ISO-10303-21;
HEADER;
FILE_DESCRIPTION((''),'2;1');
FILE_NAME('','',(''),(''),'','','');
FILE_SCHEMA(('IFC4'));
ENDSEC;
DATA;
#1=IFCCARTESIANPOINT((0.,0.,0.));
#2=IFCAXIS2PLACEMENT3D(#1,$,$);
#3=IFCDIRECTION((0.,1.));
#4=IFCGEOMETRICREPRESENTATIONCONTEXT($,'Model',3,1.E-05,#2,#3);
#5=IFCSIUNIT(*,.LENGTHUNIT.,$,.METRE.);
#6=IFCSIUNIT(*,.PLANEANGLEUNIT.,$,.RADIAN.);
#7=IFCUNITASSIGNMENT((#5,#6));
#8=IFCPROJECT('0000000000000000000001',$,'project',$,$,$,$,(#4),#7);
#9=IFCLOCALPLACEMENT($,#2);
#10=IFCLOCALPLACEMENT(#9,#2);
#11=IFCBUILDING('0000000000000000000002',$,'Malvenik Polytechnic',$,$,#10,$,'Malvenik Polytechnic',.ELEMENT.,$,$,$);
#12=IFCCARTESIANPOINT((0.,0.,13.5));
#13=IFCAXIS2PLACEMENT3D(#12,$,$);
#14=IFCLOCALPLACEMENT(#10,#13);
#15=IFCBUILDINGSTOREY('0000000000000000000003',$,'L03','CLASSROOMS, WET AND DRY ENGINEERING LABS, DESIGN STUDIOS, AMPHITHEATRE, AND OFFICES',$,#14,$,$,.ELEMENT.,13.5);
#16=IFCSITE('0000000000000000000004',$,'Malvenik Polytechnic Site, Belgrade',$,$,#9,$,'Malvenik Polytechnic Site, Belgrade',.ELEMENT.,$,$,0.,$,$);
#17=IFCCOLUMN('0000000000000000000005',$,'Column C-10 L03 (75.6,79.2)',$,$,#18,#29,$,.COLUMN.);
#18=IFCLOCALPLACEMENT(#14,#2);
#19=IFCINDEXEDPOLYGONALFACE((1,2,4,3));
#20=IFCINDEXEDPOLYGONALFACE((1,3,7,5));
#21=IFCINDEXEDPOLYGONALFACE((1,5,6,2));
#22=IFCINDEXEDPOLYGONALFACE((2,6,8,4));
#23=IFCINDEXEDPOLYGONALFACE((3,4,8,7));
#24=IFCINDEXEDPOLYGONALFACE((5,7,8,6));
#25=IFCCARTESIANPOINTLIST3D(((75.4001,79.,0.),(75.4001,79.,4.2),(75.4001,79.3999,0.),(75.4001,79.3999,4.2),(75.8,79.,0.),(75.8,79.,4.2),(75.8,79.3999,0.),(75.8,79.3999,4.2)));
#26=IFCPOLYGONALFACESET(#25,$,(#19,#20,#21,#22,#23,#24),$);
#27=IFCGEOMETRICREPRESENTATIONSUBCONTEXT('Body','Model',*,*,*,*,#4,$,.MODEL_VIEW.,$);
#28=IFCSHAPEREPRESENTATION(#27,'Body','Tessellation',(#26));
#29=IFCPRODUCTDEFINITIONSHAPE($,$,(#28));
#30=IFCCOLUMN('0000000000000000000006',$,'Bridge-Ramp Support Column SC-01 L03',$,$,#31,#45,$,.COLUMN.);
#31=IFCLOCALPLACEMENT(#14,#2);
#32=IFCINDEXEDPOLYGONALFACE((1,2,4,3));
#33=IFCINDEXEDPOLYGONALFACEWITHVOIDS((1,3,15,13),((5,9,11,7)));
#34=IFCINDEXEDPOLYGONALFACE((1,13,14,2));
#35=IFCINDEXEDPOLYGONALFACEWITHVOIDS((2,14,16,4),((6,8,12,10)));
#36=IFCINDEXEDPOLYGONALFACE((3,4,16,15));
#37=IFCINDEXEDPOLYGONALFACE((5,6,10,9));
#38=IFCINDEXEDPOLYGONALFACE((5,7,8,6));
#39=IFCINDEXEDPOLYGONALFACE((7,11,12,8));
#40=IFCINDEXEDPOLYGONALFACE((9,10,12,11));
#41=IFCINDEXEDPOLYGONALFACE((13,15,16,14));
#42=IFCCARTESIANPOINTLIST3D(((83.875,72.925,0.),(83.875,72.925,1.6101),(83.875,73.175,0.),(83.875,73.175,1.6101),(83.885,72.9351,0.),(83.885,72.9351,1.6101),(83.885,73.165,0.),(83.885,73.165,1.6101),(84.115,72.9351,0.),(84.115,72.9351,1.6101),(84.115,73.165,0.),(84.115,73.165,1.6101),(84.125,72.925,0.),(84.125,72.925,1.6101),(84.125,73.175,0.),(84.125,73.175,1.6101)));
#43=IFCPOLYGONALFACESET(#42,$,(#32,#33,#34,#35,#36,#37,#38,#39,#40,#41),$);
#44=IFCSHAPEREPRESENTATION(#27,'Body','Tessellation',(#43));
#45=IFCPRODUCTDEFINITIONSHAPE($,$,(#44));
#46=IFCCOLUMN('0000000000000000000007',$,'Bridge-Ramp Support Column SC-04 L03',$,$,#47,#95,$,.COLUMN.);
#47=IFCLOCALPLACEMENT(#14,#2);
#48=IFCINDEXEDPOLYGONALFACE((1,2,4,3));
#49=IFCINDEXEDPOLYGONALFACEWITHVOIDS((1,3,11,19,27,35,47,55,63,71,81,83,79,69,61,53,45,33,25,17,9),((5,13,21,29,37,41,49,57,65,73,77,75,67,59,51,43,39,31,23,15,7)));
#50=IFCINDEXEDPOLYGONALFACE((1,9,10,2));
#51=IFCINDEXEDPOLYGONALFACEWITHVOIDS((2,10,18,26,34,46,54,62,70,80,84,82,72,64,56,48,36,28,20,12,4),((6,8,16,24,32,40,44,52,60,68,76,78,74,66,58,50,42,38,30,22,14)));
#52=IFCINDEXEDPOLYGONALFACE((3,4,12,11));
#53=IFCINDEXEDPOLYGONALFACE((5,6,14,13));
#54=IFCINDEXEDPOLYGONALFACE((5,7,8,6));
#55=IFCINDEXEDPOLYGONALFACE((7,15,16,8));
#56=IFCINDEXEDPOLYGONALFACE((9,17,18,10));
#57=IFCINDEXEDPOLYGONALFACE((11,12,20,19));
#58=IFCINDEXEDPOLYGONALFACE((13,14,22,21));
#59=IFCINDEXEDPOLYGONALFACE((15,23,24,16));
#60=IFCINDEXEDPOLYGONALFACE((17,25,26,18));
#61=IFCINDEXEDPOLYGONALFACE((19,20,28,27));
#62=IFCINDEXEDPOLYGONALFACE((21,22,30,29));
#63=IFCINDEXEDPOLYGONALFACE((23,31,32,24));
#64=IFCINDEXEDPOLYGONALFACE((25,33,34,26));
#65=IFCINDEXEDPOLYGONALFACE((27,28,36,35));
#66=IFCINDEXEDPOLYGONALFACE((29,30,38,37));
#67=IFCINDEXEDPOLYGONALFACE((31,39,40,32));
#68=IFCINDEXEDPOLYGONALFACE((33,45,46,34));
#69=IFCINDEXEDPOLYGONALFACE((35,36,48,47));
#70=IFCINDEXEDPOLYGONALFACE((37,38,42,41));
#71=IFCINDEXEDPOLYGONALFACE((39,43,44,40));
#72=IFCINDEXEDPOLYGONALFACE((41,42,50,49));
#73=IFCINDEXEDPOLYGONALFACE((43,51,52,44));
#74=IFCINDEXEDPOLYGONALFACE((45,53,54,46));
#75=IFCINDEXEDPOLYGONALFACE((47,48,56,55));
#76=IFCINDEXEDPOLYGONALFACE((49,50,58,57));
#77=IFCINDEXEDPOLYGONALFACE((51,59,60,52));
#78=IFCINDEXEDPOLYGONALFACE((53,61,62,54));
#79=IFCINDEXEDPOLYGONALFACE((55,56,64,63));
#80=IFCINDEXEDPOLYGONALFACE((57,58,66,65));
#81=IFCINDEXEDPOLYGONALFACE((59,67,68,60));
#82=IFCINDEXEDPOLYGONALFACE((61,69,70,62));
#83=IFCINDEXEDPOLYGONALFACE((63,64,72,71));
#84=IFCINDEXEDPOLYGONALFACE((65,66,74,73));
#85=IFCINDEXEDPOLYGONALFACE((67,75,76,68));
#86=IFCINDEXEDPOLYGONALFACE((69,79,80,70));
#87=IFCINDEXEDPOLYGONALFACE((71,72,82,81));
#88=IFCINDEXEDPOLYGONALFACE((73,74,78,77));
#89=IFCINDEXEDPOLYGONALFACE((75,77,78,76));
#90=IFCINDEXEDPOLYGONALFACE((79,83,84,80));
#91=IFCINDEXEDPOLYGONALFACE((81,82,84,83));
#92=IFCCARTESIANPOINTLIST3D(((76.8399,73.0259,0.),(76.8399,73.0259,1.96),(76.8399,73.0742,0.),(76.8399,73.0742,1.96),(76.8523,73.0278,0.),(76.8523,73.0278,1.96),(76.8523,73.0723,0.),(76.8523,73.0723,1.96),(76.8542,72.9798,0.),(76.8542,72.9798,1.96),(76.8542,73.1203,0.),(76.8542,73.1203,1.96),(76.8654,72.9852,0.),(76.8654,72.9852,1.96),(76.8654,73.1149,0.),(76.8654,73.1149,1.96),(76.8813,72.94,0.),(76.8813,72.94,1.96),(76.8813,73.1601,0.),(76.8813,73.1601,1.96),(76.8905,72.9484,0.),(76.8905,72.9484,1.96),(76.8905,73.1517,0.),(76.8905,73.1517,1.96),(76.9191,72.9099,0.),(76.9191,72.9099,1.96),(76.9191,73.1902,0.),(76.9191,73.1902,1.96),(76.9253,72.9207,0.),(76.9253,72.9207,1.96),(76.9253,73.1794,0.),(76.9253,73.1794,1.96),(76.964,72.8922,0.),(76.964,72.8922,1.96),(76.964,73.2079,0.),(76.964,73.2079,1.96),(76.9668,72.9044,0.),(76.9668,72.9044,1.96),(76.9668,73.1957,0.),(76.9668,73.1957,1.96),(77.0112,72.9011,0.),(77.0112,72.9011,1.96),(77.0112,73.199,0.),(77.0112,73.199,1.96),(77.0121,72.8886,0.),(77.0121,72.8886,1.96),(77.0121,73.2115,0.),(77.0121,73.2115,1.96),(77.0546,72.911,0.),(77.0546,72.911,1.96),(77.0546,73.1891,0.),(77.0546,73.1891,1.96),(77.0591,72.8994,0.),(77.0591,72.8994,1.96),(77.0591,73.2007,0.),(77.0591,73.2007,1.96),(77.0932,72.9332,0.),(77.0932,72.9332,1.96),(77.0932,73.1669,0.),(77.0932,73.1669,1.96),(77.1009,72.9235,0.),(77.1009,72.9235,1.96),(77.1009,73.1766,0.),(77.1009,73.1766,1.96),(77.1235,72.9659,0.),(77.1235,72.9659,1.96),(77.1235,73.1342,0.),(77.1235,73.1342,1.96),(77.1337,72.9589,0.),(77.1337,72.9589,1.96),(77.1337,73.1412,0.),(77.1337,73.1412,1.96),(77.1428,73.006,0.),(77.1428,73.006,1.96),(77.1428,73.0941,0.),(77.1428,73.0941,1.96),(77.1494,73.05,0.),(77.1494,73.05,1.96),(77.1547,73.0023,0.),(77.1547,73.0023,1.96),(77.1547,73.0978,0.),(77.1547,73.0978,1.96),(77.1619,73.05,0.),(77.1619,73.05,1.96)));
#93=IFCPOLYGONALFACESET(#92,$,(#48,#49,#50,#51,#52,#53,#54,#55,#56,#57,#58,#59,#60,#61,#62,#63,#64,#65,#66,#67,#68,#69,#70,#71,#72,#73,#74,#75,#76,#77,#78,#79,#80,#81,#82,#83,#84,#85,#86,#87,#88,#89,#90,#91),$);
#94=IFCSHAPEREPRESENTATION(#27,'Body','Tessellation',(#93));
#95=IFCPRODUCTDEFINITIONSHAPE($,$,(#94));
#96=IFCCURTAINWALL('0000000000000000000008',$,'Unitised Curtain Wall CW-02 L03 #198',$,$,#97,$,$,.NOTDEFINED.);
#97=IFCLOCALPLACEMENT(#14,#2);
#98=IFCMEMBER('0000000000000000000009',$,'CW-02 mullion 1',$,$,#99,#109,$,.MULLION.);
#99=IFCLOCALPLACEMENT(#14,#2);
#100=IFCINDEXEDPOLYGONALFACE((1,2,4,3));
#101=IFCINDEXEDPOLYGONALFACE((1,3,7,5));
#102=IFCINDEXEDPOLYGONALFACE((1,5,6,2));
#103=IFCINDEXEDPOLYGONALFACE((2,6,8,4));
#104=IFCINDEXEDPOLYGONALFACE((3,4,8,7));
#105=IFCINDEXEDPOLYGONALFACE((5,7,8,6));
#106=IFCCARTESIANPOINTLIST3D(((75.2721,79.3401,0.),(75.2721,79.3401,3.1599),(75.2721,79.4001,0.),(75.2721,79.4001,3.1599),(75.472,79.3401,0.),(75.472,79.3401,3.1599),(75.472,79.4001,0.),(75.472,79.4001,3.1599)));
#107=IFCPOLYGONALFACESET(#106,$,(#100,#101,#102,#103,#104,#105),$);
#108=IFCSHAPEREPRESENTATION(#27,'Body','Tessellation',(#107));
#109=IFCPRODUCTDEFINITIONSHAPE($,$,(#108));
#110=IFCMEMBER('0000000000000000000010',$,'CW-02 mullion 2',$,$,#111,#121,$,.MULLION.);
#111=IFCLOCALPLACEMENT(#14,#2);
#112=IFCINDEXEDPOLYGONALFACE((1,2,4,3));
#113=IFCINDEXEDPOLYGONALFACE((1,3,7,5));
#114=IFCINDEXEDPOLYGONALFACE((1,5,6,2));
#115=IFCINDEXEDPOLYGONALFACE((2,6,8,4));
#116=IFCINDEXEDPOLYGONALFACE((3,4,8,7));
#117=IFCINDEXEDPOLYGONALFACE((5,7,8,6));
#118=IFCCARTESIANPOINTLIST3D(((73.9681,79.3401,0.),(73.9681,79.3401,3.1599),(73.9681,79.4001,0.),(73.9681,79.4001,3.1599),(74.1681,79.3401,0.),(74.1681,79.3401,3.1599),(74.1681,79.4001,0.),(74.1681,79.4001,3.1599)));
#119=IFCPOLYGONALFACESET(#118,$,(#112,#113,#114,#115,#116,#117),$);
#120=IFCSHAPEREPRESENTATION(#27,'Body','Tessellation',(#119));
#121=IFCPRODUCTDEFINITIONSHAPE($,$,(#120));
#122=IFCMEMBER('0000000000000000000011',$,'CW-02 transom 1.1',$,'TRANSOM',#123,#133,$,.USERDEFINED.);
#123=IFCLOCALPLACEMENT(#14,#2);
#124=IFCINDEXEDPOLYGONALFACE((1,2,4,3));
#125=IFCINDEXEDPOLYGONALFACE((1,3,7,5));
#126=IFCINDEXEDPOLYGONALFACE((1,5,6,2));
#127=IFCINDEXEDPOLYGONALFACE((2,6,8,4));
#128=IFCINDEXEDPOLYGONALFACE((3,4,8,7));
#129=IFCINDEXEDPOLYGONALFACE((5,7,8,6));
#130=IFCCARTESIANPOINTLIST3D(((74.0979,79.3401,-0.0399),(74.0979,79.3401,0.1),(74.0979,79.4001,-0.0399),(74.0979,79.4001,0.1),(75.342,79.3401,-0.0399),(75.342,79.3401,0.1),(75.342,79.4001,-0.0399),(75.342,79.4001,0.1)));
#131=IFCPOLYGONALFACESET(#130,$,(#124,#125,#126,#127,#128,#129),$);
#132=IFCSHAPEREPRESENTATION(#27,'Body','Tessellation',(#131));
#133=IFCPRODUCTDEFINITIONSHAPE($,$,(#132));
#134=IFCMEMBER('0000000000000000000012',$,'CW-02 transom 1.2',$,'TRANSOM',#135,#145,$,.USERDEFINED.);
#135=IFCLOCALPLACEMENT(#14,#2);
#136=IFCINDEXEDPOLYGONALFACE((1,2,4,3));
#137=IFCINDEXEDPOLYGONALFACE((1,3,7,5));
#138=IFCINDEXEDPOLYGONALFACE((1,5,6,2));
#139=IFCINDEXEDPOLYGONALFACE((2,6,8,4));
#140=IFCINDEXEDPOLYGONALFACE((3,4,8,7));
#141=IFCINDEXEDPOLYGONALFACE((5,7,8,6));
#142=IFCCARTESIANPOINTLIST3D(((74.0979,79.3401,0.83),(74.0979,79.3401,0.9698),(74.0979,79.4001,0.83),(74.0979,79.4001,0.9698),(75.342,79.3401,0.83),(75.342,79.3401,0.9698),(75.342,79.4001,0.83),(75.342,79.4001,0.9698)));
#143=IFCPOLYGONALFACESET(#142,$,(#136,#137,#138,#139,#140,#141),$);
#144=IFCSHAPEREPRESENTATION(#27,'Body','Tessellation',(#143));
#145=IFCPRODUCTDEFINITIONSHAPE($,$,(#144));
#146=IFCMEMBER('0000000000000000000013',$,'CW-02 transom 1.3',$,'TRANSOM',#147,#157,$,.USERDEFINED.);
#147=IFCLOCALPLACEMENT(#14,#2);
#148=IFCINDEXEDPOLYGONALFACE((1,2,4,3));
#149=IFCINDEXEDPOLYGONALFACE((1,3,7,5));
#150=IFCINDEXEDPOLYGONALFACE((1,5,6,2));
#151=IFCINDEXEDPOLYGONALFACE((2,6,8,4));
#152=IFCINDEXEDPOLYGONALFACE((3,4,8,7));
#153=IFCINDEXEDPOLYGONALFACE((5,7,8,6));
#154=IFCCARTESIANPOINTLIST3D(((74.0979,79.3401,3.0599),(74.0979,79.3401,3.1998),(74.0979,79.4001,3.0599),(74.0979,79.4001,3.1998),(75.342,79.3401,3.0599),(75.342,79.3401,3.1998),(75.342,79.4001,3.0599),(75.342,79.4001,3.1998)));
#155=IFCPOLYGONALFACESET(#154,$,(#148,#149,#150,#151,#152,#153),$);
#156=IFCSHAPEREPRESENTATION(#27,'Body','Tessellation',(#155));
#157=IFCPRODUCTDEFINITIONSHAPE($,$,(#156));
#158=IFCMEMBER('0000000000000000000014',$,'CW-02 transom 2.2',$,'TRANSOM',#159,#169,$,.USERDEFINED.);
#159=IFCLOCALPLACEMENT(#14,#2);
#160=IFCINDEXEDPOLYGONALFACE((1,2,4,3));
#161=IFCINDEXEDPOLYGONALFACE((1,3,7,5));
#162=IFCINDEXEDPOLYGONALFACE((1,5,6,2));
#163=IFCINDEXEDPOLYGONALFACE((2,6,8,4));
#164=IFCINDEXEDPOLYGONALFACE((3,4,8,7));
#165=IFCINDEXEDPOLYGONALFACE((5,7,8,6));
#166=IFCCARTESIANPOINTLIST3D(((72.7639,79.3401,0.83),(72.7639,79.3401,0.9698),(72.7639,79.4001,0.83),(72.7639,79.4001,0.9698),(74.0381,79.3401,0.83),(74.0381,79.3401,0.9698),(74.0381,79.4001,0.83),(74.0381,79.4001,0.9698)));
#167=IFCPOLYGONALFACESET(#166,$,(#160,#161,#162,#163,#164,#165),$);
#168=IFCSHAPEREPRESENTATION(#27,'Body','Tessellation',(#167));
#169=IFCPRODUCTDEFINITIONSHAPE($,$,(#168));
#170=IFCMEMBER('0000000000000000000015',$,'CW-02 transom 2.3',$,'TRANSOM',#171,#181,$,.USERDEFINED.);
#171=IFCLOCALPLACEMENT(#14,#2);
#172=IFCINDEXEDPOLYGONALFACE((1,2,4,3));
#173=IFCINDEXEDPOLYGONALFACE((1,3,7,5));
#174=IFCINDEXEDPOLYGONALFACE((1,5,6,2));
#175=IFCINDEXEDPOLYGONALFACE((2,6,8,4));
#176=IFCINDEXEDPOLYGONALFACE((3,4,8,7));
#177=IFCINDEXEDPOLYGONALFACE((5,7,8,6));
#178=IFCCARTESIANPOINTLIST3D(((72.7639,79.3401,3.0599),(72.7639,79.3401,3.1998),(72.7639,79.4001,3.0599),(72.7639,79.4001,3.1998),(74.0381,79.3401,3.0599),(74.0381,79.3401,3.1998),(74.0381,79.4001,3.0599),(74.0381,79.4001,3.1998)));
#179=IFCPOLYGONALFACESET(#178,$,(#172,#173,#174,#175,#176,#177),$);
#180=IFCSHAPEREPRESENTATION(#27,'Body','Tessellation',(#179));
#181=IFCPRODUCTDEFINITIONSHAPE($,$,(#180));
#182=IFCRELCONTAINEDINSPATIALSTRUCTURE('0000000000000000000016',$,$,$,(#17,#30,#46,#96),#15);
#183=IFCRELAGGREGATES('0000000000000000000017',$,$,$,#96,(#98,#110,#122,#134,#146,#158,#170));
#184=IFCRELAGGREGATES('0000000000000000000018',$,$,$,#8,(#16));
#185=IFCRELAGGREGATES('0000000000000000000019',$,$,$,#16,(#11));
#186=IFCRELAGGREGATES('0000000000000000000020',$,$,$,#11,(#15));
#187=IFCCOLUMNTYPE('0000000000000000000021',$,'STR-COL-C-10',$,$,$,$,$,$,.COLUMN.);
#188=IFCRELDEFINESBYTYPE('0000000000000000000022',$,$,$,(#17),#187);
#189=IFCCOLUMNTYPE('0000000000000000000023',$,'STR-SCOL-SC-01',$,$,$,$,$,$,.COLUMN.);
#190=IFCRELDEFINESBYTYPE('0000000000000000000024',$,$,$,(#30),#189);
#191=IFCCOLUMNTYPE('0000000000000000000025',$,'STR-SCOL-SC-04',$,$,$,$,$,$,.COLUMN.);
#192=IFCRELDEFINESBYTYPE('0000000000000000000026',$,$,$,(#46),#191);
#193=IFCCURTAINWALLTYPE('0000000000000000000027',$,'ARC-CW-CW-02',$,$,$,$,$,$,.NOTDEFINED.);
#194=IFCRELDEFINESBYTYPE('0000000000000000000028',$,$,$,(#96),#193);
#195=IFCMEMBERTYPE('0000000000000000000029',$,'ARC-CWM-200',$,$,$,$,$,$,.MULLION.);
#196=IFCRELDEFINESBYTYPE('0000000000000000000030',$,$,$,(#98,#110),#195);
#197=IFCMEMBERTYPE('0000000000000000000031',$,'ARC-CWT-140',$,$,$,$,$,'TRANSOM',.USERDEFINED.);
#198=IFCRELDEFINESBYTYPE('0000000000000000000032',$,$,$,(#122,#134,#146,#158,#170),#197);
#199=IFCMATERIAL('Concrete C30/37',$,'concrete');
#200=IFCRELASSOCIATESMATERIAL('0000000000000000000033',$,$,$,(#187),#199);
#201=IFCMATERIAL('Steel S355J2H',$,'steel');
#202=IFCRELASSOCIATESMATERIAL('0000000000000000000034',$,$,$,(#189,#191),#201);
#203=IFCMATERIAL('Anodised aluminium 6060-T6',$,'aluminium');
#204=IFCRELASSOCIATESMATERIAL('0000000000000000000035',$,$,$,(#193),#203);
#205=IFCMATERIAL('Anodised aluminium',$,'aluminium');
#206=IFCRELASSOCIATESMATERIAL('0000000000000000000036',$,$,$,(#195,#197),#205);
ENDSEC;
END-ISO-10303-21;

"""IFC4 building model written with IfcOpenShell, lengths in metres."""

from ifc_helpers import new_model, si_unit, direction, frame, origin, origin_2d, place, context, subcontext, project, spatial, rectangle, hollow_rectangle, hollow_circle, extrude, material, material_profile, profile_set, type_object, element, aggregate, save


model = new_model("IFC4")

# Units and contexts
model_context = context("Model", 3, precision=1e-05, world=origin(), true_north=direction((0.0, 1.0)))
body_context = subcontext(model_context, "Body", "Model", "MODEL_VIEW")
ifc_project = project(units=[si_unit("LENGTHUNIT", "METRE"), si_unit("PLANEANGLEUNIT", "RADIAN")], contexts=[model_context])

# Site, building, storey
site_placement = place(None, origin())
site = spatial("IfcSite", under=ifc_project, at=site_placement, Name="Malvenik Polytechnic Site, Belgrade", LongName="Malvenik Polytechnic Site, Belgrade", CompositionType="ELEMENT", RefElevation=0.0)
building_placement = place(site_placement, origin())
building = spatial("IfcBuilding", under=site, at=building_placement, Name="Malvenik Polytechnic", LongName="Malvenik Polytechnic", CompositionType="ELEMENT")
storey_placement = place(building_placement, frame((0.0, 0.0, 13.5)))
storey = spatial("IfcBuildingStorey", under=building, at=storey_placement, Name="L03", Description="CLASSROOMS, WET AND DRY ENGINEERING LABS, DESIGN STUDIOS, AMPHITHEATRE, AND OFFICES", CompositionType="ELEMENT", Elevation=13.5)

# Columns
ifc_material_1 = material(Name="Concrete C30/37", Category="concrete")
ifc_material_profile_1 = material_profile(ifc_material_1, rectangle(XDim=0.3999, YDim=0.3999, at=origin_2d()), Name="RC COL 400x400")
ifc_profile_set_1 = profile_set([ifc_material_profile_1], Name="Concrete C30/37")
column_type_1 = type_object("IfcColumnType", Name="STR-COL-C-10", PredefinedType="COLUMN", material=ifc_profile_set_1)
column_1_placement = place(storey_placement, frame((75.6001, 79.2, 0.0), z_axis=(0.0, 0.0, 1.0), x_axis=(1.0, 0.0, 0.0)))
element("IfcColumn", 1, at=column_1_placement, inside=storey, type_object=column_type_1, Name="Column C-10 L03 (75.6,79.2)", PredefinedType="COLUMN", context=body_context, shape_type="SweptSolid", body=[
    extrude(rectangle(XDim=0.3999, YDim=0.3999, at=origin_2d()), origin(), (0.0, 0.0, 1.0), 4.2),
])
ifc_material_2 = material(Name="Steel S355J2H", Category="steel")
ifc_material_profile_2 = material_profile(ifc_material_2, hollow_rectangle(XDim=0.25, YDim=0.25, WallThickness=0.01, at=origin_2d()), Name="SHS 250x250x10.0")
ifc_profile_set_2 = profile_set([ifc_material_profile_2], Name="Steel S355J2H")
column_type_2 = type_object("IfcColumnType", Name="STR-SCOL-SC-01", PredefinedType="COLUMN", material=ifc_profile_set_2)
column_2_placement = place(storey_placement, frame((84.0, 73.05, 0.0), z_axis=(0.0, 0.0, 1.0), x_axis=(1.0, 0.0, 0.0)))
element("IfcColumn", 2, at=column_2_placement, inside=storey, type_object=column_type_2, Name="Bridge-Ramp Support Column SC-01 L03", PredefinedType="COLUMN", context=body_context, shape_type="SweptSolid", body=[
    extrude(hollow_rectangle(XDim=0.25, YDim=0.25, WallThickness=0.01, at=origin_2d()), origin(), (0.0, 0.0, 1.0), 1.6101),
])
ifc_material_profile_3 = material_profile(ifc_material_2, hollow_circle(Radius=0.1619, WallThickness=0.0125, at=origin_2d()), Name="CHS 323.9x12.5")
ifc_profile_set_3 = profile_set([ifc_material_profile_3], Name="Steel S355J2H")
column_type_3 = type_object("IfcColumnType", Name="STR-SCOL-SC-04", PredefinedType="COLUMN", material=ifc_profile_set_3)
column_3_placement = place(storey_placement, frame((77.0, 73.05, 0.0), z_axis=(0.0, 0.0, 1.0), x_axis=(1.0, 0.0, 0.0)))
element("IfcColumn", 3, at=column_3_placement, inside=storey, type_object=column_type_3, Name="Bridge-Ramp Support Column SC-04 L03", PredefinedType="COLUMN", context=body_context, shape_type="SweptSolid", body=[
    extrude(hollow_circle(Radius=0.1619, WallThickness=0.0125, at=origin_2d()), origin(), (0.0, 0.0, 1.0), 1.96),
])

# Curtain wall, members
ifc_material_3 = material(Name="Anodised aluminium 6060-T6", Category="aluminium")
curtain_wall_type = type_object("IfcCurtainWallType", Name="ARC-CW-CW-02", PredefinedType="NOTDEFINED", material=ifc_material_3)
curtain_wall_placement = place(storey_placement, origin())
curtain_wall = element("IfcCurtainWall", 4, at=curtain_wall_placement, inside=storey, type_object=curtain_wall_type, Name="Unitised Curtain Wall CW-02 L03 #198", PredefinedType="NOTDEFINED")
ifc_material_4 = material(Name="Anodised aluminium", Category="aluminium")
ifc_material_profile_4 = material_profile(ifc_material_4, rectangle(XDim=0.0601, YDim=0.2, at=origin_2d()), Name="ALU MULLION 60x200")
ifc_profile_set_4 = profile_set([ifc_material_profile_4], Name="Anodised aluminium")
member_type_1 = type_object("IfcMemberType", Name="ARC-CWM-200", PredefinedType="MULLION", material=ifc_profile_set_4)
member_1_placement = place(storey_placement, frame((75.3721, 79.3701, 0.0), z_axis=(0.0, 0.0, 1.0), x_axis=(0.0, -1.0, 0.0)))
member_1 = element("IfcMember", 5, at=member_1_placement, type_object=member_type_1, Name="CW-02 mullion 1", PredefinedType="MULLION", context=body_context, shape_type="SweptSolid", body=[
    extrude(rectangle(XDim=0.0601, YDim=0.2, at=origin_2d()), origin(), (0.0, 0.0, 1.0), 3.1599),
])
member_2_placement = place(storey_placement, frame((74.0681, 79.3701, 0.0), z_axis=(0.0, 0.0, 1.0), x_axis=(0.0, -1.0, 0.0)))
member_2 = element("IfcMember", 6, at=member_2_placement, type_object=member_type_1, Name="CW-02 mullion 2", PredefinedType="MULLION", context=body_context, shape_type="SweptSolid", body=[
    extrude(rectangle(XDim=0.0601, YDim=0.2, at=origin_2d()), origin(), (0.0, 0.0, 1.0), 3.1599),
])
ifc_material_profile_5 = material_profile(ifc_material_4, rectangle(XDim=0.0601, YDim=0.1399, at=origin_2d()), Name="ALU TRANSOM 60x140")
ifc_profile_set_5 = profile_set([ifc_material_profile_5], Name="Anodised aluminium")
member_type_2 = type_object("IfcMemberType", Name="ARC-CWT-140", ElementType="TRANSOM", PredefinedType="USERDEFINED", material=ifc_profile_set_5)
member_3_placement = place(storey_placement, frame((75.342, 79.3701, 0.03), z_axis=(-1.0, 0.0, 0.0), x_axis=(0.0, -1.0, 0.0)))
member_3 = element("IfcMember", 7, at=member_3_placement, type_object=member_type_2, Name="CW-02 transom 1.1", ObjectType="TRANSOM", PredefinedType="USERDEFINED", context=body_context, shape_type="SweptSolid", body=[
    extrude(rectangle(XDim=0.0601, YDim=0.1399, at=origin_2d()), origin(), (0.0, 0.0, 1.0), 1.2441),
])
member_4_placement = place(storey_placement, frame((75.342, 79.3701, 0.8999), z_axis=(-1.0, 0.0, 0.0), x_axis=(0.0, -1.0, 0.0)))
member_4 = element("IfcMember", 8, at=member_4_placement, type_object=member_type_2, Name="CW-02 transom 1.2", ObjectType="TRANSOM", PredefinedType="USERDEFINED", context=body_context, shape_type="SweptSolid", body=[
    extrude(rectangle(XDim=0.0601, YDim=0.1399, at=origin_2d()), origin(), (0.0, 0.0, 1.0), 1.2441),
])
member_5_placement = place(storey_placement, frame((75.342, 79.3701, 3.1299), z_axis=(-1.0, 0.0, 0.0), x_axis=(0.0, -1.0, 0.0)))
member_5 = element("IfcMember", 9, at=member_5_placement, type_object=member_type_2, Name="CW-02 transom 1.3", ObjectType="TRANSOM", PredefinedType="USERDEFINED", context=body_context, shape_type="SweptSolid", body=[
    extrude(rectangle(XDim=0.0601, YDim=0.1399, at=origin_2d()), origin(), (0.0, 0.0, 1.0), 1.2441),
])
member_6_placement = place(storey_placement, frame((74.0381, 79.3701, 0.8999), z_axis=(-1.0, 0.0, 0.0), x_axis=(0.0, -1.0, 0.0)))
member_6 = element("IfcMember", 10, at=member_6_placement, type_object=member_type_2, Name="CW-02 transom 2.2", ObjectType="TRANSOM", PredefinedType="USERDEFINED", context=body_context, shape_type="SweptSolid", body=[
    extrude(rectangle(XDim=0.0601, YDim=0.1399, at=origin_2d()), origin(), (0.0, 0.0, 1.0), 1.2742),
])
member_7_placement = place(storey_placement, frame((74.0381, 79.3701, 3.1299), z_axis=(-1.0, 0.0, 0.0), x_axis=(0.0, -1.0, 0.0)))
member_7 = element("IfcMember", 11, at=member_7_placement, type_object=member_type_2, Name="CW-02 transom 2.3", ObjectType="TRANSOM", PredefinedType="USERDEFINED", context=body_context, shape_type="SweptSolid", body=[
    extrude(rectangle(XDim=0.0601, YDim=0.1399, at=origin_2d()), origin(), (0.0, 0.0, 1.0), 1.2742),
])

aggregate(curtain_wall, [member_1, member_2, member_3, member_4, member_5, member_6, member_7])

save(model, "model.ifc")
